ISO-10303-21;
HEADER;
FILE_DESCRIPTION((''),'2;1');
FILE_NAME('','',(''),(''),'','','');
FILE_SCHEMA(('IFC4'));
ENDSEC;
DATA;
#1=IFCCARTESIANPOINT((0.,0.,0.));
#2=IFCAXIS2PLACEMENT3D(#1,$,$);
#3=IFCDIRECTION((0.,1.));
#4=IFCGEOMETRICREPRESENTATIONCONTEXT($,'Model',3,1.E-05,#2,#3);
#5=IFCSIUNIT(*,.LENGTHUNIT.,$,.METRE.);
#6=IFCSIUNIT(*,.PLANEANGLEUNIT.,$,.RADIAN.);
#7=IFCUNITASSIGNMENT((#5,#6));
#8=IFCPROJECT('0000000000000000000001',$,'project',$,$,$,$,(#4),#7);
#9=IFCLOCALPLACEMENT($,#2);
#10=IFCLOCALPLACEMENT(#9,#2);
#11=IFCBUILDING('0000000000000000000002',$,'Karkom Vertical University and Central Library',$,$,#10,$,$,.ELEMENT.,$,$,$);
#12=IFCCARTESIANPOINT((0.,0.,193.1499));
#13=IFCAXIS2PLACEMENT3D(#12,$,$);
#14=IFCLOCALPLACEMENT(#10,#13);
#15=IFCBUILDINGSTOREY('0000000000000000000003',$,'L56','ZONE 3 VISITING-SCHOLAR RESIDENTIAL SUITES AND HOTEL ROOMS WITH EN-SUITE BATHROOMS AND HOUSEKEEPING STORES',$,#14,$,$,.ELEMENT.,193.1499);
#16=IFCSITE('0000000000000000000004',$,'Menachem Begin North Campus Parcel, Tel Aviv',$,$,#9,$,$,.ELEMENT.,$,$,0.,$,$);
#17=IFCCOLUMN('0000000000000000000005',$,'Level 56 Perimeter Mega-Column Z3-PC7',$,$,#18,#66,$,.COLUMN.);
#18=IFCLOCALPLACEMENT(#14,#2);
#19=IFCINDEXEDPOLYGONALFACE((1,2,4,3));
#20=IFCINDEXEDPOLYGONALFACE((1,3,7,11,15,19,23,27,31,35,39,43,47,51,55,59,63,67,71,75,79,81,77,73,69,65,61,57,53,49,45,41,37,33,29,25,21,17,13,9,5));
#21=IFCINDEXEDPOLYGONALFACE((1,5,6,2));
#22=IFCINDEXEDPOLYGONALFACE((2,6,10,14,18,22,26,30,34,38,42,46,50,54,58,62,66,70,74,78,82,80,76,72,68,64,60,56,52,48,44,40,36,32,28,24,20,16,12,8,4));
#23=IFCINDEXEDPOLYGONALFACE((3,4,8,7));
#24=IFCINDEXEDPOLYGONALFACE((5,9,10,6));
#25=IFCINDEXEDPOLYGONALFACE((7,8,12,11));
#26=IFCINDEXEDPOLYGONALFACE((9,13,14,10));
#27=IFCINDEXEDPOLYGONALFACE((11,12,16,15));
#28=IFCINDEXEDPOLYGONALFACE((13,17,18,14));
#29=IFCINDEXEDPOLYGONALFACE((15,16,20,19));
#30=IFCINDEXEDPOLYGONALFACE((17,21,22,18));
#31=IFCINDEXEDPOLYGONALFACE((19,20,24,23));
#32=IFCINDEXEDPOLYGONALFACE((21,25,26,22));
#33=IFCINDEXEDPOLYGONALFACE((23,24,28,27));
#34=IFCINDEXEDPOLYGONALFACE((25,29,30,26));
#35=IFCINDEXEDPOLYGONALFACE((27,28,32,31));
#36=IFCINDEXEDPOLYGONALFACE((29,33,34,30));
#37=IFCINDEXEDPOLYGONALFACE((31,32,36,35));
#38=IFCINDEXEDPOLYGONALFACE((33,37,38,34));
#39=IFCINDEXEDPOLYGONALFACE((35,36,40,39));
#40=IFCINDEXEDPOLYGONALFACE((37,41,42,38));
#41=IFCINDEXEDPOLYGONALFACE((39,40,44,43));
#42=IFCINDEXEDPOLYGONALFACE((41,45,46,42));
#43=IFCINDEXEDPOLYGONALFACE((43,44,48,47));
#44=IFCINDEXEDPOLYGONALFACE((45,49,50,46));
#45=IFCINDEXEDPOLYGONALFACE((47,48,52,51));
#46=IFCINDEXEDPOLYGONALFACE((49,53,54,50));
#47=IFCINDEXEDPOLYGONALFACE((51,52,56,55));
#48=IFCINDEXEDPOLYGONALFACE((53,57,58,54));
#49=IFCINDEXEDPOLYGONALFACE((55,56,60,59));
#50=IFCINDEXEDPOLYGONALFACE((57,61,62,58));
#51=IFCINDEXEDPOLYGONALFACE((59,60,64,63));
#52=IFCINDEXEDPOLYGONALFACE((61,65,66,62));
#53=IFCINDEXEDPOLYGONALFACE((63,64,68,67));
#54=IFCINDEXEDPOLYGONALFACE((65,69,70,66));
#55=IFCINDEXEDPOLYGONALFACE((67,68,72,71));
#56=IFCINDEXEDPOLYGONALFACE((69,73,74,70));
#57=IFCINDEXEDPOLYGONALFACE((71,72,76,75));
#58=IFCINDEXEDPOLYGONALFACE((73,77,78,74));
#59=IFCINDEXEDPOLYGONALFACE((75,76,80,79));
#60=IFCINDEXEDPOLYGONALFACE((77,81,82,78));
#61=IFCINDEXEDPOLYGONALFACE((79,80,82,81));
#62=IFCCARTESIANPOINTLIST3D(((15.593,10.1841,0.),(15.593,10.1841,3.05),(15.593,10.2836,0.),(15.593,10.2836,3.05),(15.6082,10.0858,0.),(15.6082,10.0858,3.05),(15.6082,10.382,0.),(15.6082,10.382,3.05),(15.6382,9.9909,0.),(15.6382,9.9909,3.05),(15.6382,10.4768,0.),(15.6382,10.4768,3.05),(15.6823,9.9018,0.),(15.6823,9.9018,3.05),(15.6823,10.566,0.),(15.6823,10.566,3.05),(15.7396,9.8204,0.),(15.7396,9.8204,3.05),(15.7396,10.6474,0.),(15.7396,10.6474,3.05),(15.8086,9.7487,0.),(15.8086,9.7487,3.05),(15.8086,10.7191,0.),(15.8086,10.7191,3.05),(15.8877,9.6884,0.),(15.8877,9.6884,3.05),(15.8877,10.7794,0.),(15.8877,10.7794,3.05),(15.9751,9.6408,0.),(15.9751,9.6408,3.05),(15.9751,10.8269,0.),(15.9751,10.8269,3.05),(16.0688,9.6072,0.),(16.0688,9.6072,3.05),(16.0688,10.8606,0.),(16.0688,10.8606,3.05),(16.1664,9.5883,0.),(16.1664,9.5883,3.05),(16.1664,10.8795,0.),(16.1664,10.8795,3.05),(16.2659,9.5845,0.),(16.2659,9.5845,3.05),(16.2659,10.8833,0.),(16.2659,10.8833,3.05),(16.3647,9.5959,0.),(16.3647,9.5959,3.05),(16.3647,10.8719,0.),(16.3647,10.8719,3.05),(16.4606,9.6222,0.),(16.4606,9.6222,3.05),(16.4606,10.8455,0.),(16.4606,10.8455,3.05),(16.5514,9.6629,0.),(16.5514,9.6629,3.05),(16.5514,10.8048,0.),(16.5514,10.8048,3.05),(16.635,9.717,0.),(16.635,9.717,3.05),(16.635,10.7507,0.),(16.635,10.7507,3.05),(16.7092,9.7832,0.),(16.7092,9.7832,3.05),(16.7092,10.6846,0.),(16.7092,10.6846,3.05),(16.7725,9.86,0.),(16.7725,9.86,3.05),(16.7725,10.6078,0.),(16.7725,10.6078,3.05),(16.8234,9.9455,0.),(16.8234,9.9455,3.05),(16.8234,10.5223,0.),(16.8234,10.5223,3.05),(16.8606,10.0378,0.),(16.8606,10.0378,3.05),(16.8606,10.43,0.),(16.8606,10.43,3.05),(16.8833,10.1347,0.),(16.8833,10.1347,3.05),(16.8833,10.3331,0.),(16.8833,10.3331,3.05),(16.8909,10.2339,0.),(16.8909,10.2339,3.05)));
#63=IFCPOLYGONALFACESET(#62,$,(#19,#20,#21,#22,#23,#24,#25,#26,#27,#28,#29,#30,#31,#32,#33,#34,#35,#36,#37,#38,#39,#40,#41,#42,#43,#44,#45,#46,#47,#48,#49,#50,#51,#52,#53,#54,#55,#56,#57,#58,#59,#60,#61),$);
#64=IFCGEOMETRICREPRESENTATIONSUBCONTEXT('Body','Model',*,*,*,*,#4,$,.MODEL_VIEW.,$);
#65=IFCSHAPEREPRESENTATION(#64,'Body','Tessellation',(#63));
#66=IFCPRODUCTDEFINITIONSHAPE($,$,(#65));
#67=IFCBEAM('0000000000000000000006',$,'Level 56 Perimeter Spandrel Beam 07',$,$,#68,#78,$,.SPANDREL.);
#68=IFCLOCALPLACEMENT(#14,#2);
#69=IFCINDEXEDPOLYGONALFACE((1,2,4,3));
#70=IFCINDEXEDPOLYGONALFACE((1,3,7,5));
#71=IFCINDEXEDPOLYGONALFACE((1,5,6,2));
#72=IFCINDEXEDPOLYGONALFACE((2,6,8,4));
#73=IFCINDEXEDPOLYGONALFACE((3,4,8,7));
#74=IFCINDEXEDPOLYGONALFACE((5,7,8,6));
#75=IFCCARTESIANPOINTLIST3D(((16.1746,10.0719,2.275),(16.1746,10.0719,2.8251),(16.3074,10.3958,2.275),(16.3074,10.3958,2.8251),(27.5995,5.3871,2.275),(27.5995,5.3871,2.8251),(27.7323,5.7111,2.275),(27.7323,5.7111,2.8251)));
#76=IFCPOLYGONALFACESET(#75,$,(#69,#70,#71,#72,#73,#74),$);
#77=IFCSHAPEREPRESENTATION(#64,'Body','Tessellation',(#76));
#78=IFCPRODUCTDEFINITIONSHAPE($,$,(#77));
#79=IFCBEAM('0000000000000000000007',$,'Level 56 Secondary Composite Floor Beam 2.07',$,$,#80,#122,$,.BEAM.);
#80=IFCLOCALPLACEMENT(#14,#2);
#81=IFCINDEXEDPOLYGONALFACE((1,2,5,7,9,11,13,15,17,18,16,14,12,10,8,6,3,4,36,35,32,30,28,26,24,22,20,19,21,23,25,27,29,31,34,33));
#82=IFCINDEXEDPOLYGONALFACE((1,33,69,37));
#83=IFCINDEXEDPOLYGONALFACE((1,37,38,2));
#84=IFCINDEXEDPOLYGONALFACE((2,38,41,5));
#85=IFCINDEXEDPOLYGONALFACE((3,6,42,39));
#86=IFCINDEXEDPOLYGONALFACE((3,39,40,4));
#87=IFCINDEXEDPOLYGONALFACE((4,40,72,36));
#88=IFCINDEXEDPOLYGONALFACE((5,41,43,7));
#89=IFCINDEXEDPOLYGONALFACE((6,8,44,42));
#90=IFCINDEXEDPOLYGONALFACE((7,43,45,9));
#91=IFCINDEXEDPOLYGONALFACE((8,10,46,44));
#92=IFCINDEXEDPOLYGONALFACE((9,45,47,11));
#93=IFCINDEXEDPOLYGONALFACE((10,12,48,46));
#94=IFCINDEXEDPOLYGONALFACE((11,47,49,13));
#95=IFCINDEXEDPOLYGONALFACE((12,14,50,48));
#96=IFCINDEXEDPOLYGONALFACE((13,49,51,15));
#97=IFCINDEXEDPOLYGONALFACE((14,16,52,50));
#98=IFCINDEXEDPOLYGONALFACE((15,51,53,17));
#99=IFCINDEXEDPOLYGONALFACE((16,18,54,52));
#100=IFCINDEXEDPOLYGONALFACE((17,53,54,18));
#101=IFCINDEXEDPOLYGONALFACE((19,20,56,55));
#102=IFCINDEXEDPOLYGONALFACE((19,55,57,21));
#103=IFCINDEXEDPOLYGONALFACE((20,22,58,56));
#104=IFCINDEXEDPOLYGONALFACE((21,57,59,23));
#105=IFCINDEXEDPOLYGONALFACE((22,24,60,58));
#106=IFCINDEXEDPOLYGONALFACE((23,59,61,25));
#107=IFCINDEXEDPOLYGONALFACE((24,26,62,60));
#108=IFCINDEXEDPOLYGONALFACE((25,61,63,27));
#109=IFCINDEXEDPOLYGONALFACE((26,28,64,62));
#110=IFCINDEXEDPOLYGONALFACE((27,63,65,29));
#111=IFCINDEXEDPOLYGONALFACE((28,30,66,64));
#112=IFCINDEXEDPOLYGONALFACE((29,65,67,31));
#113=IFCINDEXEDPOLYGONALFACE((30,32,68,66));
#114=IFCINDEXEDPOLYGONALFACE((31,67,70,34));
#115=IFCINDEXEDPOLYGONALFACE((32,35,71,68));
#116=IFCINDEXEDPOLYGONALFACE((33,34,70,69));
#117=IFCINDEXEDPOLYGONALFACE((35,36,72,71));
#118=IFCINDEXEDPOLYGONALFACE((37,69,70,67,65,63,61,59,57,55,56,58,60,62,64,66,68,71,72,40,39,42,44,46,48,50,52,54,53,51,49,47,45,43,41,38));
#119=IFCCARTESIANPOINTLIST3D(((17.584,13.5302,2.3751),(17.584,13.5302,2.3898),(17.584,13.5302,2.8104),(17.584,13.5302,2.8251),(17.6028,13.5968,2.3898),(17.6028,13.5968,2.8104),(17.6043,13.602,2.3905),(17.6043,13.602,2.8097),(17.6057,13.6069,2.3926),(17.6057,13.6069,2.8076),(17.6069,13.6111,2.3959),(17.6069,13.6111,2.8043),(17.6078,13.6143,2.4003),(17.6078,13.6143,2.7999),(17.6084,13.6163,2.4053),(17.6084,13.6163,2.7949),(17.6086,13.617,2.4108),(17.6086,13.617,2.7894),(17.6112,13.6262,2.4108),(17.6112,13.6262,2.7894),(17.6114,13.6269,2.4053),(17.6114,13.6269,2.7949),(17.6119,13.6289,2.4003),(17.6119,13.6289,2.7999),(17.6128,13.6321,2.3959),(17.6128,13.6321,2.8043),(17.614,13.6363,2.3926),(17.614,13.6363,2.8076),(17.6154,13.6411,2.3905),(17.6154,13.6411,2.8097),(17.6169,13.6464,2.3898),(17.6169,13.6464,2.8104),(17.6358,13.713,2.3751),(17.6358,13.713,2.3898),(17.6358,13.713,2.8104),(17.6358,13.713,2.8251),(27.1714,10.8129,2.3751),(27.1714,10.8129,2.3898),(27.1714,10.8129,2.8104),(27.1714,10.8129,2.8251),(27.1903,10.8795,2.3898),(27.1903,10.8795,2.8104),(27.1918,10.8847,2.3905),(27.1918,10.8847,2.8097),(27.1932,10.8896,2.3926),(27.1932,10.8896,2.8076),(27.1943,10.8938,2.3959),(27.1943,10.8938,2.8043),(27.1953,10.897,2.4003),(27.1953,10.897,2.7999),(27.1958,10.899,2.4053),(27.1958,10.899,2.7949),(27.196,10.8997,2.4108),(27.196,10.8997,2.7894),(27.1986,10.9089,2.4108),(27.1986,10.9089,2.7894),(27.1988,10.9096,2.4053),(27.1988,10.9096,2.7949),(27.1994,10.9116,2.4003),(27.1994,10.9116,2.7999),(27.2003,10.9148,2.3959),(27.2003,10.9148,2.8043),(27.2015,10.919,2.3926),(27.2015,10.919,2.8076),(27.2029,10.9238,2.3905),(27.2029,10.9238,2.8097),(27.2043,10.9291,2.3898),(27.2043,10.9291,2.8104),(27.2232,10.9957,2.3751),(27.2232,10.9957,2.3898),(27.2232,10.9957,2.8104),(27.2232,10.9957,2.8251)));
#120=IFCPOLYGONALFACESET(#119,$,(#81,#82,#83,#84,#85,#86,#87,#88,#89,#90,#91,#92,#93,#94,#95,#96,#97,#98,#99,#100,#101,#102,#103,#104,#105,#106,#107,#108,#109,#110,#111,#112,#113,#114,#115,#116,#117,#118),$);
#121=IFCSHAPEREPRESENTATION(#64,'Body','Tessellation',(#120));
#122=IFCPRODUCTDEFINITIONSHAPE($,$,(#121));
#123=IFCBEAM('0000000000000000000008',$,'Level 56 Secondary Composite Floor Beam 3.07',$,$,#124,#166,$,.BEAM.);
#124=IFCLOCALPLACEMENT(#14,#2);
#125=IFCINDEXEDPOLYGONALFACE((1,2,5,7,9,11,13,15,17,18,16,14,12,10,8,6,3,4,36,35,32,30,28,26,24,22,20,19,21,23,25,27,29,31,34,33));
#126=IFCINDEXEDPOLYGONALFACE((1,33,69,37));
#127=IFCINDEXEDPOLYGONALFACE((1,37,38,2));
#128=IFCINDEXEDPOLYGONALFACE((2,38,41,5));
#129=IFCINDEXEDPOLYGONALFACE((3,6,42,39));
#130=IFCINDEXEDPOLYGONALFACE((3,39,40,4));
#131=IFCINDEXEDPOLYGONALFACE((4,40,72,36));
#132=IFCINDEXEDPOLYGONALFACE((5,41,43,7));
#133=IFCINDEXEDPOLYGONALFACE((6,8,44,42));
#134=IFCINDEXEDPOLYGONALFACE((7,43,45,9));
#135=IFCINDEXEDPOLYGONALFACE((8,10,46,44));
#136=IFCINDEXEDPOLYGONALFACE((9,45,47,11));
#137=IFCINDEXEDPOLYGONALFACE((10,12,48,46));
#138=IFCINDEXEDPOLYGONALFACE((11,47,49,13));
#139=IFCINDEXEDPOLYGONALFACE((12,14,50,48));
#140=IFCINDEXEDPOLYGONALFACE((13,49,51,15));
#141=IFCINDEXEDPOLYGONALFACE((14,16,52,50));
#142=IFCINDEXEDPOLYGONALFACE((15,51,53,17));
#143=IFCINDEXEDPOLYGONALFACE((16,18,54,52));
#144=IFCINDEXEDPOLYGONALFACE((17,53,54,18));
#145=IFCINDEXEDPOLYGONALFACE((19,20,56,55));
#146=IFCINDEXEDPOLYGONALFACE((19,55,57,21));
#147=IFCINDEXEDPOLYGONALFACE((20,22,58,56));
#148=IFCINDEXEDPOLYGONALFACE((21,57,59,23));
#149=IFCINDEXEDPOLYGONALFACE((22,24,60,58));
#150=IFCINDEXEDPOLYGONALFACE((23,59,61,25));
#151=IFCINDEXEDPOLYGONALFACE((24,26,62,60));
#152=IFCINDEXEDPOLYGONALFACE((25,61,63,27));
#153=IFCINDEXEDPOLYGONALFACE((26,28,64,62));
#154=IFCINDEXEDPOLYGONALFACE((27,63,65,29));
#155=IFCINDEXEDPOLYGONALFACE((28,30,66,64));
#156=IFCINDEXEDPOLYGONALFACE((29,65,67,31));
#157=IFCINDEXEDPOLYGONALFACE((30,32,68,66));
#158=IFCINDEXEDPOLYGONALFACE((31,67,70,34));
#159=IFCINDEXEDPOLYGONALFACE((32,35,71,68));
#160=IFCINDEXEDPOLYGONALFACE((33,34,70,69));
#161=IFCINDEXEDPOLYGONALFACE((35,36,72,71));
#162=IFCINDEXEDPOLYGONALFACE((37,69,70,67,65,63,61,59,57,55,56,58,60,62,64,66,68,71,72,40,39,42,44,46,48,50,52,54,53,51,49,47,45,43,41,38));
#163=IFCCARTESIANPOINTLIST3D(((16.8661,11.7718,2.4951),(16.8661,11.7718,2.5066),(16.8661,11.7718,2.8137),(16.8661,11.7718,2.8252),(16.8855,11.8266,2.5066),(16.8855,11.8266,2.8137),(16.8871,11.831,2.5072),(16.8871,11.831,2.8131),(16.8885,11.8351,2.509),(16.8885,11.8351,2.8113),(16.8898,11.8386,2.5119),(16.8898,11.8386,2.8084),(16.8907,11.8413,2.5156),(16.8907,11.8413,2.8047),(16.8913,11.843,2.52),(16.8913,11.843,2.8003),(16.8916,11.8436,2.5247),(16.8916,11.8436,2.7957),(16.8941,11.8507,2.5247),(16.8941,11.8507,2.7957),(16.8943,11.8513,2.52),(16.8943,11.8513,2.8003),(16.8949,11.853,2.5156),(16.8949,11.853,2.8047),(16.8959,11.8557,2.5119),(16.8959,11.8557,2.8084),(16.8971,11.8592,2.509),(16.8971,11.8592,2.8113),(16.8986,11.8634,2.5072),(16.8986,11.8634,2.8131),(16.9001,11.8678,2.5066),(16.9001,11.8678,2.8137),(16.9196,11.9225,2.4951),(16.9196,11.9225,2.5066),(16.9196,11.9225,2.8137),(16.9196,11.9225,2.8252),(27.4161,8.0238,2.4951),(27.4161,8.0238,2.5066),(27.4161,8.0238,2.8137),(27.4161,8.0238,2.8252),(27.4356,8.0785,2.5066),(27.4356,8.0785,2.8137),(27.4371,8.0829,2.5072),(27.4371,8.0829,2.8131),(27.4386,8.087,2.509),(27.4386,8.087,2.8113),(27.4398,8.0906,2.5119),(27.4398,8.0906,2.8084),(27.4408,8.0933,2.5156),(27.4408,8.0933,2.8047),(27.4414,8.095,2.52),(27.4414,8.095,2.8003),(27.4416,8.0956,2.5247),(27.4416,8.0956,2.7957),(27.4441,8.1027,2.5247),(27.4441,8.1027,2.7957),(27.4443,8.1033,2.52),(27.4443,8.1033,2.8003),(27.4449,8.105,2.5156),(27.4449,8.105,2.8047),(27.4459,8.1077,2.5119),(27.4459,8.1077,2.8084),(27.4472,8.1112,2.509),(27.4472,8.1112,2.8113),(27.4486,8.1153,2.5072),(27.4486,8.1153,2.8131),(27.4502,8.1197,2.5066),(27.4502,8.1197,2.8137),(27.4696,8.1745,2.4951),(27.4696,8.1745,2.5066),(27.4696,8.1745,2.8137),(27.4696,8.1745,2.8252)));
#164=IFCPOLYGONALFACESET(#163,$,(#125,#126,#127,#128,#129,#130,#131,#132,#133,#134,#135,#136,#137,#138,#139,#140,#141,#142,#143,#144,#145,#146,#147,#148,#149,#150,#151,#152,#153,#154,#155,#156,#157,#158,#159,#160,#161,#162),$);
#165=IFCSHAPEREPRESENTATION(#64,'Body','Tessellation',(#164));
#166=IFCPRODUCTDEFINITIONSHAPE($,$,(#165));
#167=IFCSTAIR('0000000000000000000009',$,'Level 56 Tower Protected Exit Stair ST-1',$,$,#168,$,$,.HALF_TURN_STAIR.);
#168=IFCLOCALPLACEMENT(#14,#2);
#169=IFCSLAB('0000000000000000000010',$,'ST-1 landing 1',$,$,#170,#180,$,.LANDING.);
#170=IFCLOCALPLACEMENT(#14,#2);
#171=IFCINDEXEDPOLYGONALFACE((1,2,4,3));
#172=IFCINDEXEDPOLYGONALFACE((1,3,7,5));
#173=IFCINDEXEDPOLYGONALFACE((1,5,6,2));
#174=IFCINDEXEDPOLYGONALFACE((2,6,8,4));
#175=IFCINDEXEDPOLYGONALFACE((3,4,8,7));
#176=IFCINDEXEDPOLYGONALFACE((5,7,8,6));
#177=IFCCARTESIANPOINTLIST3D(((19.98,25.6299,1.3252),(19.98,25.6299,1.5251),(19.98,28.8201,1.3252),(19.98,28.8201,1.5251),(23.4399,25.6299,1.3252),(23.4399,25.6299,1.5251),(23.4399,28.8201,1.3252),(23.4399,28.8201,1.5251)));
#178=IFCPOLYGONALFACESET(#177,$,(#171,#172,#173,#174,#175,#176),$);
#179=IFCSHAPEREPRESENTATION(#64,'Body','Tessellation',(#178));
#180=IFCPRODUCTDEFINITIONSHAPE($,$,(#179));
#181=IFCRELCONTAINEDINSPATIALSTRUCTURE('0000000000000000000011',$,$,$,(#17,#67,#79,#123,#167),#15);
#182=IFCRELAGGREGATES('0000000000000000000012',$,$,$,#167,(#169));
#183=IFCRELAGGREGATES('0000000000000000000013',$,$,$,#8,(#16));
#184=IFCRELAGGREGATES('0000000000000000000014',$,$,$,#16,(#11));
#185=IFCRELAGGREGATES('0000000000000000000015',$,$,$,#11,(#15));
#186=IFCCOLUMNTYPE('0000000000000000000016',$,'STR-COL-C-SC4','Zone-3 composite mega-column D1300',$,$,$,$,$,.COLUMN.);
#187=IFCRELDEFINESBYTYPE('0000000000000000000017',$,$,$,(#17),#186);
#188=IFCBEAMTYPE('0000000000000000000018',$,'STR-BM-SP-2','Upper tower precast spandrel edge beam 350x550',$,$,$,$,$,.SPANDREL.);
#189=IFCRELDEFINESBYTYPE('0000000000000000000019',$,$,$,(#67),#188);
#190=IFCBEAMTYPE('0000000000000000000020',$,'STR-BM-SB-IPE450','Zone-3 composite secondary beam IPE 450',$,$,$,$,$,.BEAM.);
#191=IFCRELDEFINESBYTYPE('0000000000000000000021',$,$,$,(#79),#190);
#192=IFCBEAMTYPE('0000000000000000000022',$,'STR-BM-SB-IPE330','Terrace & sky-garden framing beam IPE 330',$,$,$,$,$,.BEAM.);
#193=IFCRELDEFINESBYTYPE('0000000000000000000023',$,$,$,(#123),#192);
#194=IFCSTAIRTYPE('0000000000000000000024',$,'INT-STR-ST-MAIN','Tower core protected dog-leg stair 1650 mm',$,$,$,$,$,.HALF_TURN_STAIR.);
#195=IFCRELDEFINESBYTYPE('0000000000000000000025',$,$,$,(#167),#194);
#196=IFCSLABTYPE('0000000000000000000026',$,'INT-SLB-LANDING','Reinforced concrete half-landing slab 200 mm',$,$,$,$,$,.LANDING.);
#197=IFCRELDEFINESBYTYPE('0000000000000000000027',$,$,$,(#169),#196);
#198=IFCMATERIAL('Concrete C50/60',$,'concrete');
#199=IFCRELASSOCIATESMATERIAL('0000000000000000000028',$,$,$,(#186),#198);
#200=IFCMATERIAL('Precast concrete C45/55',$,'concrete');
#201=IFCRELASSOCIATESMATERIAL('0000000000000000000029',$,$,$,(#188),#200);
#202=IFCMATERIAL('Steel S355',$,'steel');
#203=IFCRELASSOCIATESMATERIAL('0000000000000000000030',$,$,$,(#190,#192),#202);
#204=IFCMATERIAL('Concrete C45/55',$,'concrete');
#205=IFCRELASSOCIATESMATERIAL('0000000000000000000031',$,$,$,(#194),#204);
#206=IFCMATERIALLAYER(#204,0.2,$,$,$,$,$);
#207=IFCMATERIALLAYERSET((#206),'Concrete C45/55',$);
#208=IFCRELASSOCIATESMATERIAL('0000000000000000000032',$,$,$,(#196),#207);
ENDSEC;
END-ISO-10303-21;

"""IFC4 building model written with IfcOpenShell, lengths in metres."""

from ifc_helpers import new_model, si_unit, direction, frame, origin, origin_with_axes, origin_2d, place, context, subcontext, project, spatial, polyline, rectangle, circle, i_section, outline, extrude, source, transform, mapped, material, layer, layer_set, material_profile, profile_set, type_object, element, aggregate, save


model = new_model("IFC4")

# Units and contexts
model_context = context("Model", 3, precision=1e-05, world=origin(), true_north=direction((0.0, 1.0)))
body_context = subcontext(model_context, "Body", "Model", "MODEL_VIEW")
ifc_project = project(units=[si_unit("LENGTHUNIT", "METRE"), si_unit("PLANEANGLEUNIT", "RADIAN")], contexts=[model_context])

# Site, building, storey
site_placement = place(None, origin())
site = spatial("IfcSite", under=ifc_project, at=site_placement, Name="Menachem Begin North Campus Parcel, Tel Aviv", CompositionType="ELEMENT", RefElevation=0.0)
building_placement = place(site_placement, origin())
building = spatial("IfcBuilding", under=site, at=building_placement, Name="Karkom Vertical University and Central Library", CompositionType="ELEMENT")
storey_placement = place(building_placement, frame((0.0, 0.0, 193.1499)))
storey = spatial("IfcBuildingStorey", under=building, at=storey_placement, Name="L56", Description="ZONE 3 VISITING-SCHOLAR RESIDENTIAL SUITES AND HOTEL ROOMS WITH EN-SUITE BATHROOMS AND HOUSEKEEPING STORES", CompositionType="ELEMENT", Elevation=193.1499)

# Column
ifc_material_1 = material(Name="Concrete C50/60", Category="concrete")
ifc_material_profile_1 = material_profile(ifc_material_1, circle(Radius=0.6499, at=origin_2d()), Name="CFT-D1300")
ifc_profile_set_1 = profile_set([ifc_material_profile_1], Name="Concrete C50/60")
column_type = type_object("IfcColumnType", Name="STR-COL-C-SC4", Description="Zone-3 composite mega-column D1300", PredefinedType="COLUMN", material=ifc_profile_set_1)
shared_shape_1 = source(origin_with_axes(), body_context, "Body", "SweptSolid", [
    extrude(circle(Radius=0.6499, at=origin_2d()), origin(), (0.0, 0.0, 1.0), 3.05),
])
column_placement = place(storey_placement, frame((16.241, 10.2339, 0.0), z_axis=(0.0, 0.0, 1.0), x_axis=(1.0, 0.0, 0.0)))
element("IfcColumn", 1, at=column_placement, inside=storey, type_object=column_type, Name="Level 56 Perimeter Mega-Column Z3-PC7", PredefinedType="COLUMN", context=body_context, shape_type="MappedRepresentation", body=[
    mapped(shared_shape_1, transform((0.0, 0.0, 0.0), scale=1.0)),
])

# Beams
ifc_material_2 = material(Name="Precast concrete C45/55", Category="concrete")
ifc_material_profile_2 = material_profile(ifc_material_2, rectangle(XDim=0.3501, YDim=0.55, at=origin_2d()), Name="SPB-350x550")
ifc_profile_set_2 = profile_set([ifc_material_profile_2], Name="Precast concrete C45/55")
beam_type_1 = type_object("IfcBeamType", Name="STR-BM-SP-2", Description="Upper tower precast spandrel edge beam 350x550", PredefinedType="SPANDREL", material=ifc_profile_set_2)
shared_shape_2 = source(origin_with_axes(), body_context, "Body", "SweptSolid", [
    extrude(rectangle(XDim=0.3501, YDim=0.55, at=origin_2d()), origin(), (0.0, 0.0, 1.0), 12.3481),
])
beam_1_placement = place(storey_placement, frame((16.241, 10.2339, 2.55), z_axis=(0.925236, -0.379391, 0.0), x_axis=(0.379391, 0.925236, 0.0)))
element("IfcBeam", 2, at=beam_1_placement, inside=storey, type_object=beam_type_1, Name="Level 56 Perimeter Spandrel Beam 07", PredefinedType="SPANDREL", context=body_context, shape_type="MappedRepresentation", body=[
    mapped(shared_shape_2, transform((0.0, 0.0, 0.0), scale=1.0)),
])
ifc_material_3 = material(Name="Steel S355", Category="steel")
ifc_material_profile_3 = material_profile(ifc_material_3, i_section(OverallWidth=0.1899, OverallDepth=0.45, WebThickness=0.0095, FlangeThickness=0.0146, FilletRadius=0.021, at=origin_2d()), Name="IPE 450")
ifc_profile_set_3 = profile_set([ifc_material_profile_3], Name="Steel S355")
beam_type_2 = type_object("IfcBeamType", Name="STR-BM-SB-IPE450", Description="Zone-3 composite secondary beam IPE 450", PredefinedType="BEAM", material=ifc_profile_set_3)
shared_shape_3 = source(origin_with_axes(), body_context, "Body", "SweptSolid", [
    extrude(i_section(OverallWidth=0.1899, OverallDepth=0.45, WebThickness=0.0095, FlangeThickness=0.0146, FilletRadius=0.021, at=origin_2d()), origin(), (0.0, 0.0, 1.0), 9.9651),
])
beam_2_placement = place(storey_placement, frame((17.6099, 13.6216, 2.6001), z_axis=(0.962104, -0.272682, 0.0), x_axis=(0.272682, 0.962104, 0.0)))
element("IfcBeam", 3, at=beam_2_placement, inside=storey, type_object=beam_type_2, Name="Level 56 Secondary Composite Floor Beam 2.07", PredefinedType="BEAM", context=body_context, shape_type="MappedRepresentation", body=[
    mapped(shared_shape_3, transform((0.0, 0.0, 0.0), scale=1.0)),
])
ifc_material_profile_4 = material_profile(ifc_material_3, i_section(OverallWidth=0.1599, OverallDepth=0.3301, WebThickness=0.0076, FlangeThickness=0.0115, FilletRadius=0.0181, at=origin_2d()), Name="IPE 330")
ifc_profile_set_4 = profile_set([ifc_material_profile_4], Name="Steel S355")
beam_type_3 = type_object("IfcBeamType", Name="STR-BM-SB-IPE330", Description="Terrace & sky-garden framing beam IPE 330", PredefinedType="BEAM", material=ifc_profile_set_4)
shared_shape_4 = source(origin_with_axes(), body_context, "Body", "SweptSolid", [
    extrude(i_section(OverallWidth=0.1599, OverallDepth=0.3301, WebThickness=0.0076, FlangeThickness=0.0115, FilletRadius=0.0181, at=origin_2d()), origin(), (0.0, 0.0, 1.0), 11.196),
])
beam_3_placement = place(storey_placement, frame((16.8928, 11.8472, 2.6602), z_axis=(0.942302, -0.334765, 0.0), x_axis=(0.334765, 0.942302, 0.0)))
element("IfcBeam", 4, at=beam_3_placement, inside=storey, type_object=beam_type_3, Name="Level 56 Secondary Composite Floor Beam 3.07", PredefinedType="BEAM", context=body_context, shape_type="MappedRepresentation", body=[
    mapped(shared_shape_4, transform((0.0, 0.0, 0.0), scale=1.0)),
])

# Stair, slab
ifc_material_4 = material(Name="Concrete C45/55", Category="concrete")
stair_type = type_object("IfcStairType", Name="INT-STR-ST-MAIN", Description="Tower core protected dog-leg stair 1650 mm", PredefinedType="HALF_TURN_STAIR", material=ifc_material_4)
stair_1_placement = place(storey_placement, origin())
stair_1 = element("IfcStair", 5, at=stair_1_placement, inside=storey, type_object=stair_type, Name="Level 56 Tower Protected Exit Stair ST-1", PredefinedType="HALF_TURN_STAIR")
ifc_layer_1 = layer(ifc_material_4, 0.2)
ifc_layer_set_1 = layer_set([ifc_layer_1], Name="Concrete C45/55")
slab_type_1 = type_object("IfcSlabType", Name="INT-SLB-LANDING", Description="Reinforced concrete half-landing slab 200 mm", PredefinedType="LANDING", material=ifc_layer_set_1)
slab_1_placement = place(storey_placement, frame((0.0, 0.0, 1.3252)))
slab_1 = element("IfcSlab", 6, at=slab_1_placement, type_object=slab_type_1, Name="ST-1 landing 1", PredefinedType="LANDING", context=body_context, shape_type="SweptSolid", body=[
    extrude(outline(polyline([(23.4399, 25.6299), (23.4399, 28.8201), (19.98, 28.8201), (19.98, 25.6299), (23.4399, 25.6299)])), origin(), (0.0, 0.0, 1.0), 0.2),
])
aggregate(stair_1, [slab_1])

save(model, "model.ifc")
